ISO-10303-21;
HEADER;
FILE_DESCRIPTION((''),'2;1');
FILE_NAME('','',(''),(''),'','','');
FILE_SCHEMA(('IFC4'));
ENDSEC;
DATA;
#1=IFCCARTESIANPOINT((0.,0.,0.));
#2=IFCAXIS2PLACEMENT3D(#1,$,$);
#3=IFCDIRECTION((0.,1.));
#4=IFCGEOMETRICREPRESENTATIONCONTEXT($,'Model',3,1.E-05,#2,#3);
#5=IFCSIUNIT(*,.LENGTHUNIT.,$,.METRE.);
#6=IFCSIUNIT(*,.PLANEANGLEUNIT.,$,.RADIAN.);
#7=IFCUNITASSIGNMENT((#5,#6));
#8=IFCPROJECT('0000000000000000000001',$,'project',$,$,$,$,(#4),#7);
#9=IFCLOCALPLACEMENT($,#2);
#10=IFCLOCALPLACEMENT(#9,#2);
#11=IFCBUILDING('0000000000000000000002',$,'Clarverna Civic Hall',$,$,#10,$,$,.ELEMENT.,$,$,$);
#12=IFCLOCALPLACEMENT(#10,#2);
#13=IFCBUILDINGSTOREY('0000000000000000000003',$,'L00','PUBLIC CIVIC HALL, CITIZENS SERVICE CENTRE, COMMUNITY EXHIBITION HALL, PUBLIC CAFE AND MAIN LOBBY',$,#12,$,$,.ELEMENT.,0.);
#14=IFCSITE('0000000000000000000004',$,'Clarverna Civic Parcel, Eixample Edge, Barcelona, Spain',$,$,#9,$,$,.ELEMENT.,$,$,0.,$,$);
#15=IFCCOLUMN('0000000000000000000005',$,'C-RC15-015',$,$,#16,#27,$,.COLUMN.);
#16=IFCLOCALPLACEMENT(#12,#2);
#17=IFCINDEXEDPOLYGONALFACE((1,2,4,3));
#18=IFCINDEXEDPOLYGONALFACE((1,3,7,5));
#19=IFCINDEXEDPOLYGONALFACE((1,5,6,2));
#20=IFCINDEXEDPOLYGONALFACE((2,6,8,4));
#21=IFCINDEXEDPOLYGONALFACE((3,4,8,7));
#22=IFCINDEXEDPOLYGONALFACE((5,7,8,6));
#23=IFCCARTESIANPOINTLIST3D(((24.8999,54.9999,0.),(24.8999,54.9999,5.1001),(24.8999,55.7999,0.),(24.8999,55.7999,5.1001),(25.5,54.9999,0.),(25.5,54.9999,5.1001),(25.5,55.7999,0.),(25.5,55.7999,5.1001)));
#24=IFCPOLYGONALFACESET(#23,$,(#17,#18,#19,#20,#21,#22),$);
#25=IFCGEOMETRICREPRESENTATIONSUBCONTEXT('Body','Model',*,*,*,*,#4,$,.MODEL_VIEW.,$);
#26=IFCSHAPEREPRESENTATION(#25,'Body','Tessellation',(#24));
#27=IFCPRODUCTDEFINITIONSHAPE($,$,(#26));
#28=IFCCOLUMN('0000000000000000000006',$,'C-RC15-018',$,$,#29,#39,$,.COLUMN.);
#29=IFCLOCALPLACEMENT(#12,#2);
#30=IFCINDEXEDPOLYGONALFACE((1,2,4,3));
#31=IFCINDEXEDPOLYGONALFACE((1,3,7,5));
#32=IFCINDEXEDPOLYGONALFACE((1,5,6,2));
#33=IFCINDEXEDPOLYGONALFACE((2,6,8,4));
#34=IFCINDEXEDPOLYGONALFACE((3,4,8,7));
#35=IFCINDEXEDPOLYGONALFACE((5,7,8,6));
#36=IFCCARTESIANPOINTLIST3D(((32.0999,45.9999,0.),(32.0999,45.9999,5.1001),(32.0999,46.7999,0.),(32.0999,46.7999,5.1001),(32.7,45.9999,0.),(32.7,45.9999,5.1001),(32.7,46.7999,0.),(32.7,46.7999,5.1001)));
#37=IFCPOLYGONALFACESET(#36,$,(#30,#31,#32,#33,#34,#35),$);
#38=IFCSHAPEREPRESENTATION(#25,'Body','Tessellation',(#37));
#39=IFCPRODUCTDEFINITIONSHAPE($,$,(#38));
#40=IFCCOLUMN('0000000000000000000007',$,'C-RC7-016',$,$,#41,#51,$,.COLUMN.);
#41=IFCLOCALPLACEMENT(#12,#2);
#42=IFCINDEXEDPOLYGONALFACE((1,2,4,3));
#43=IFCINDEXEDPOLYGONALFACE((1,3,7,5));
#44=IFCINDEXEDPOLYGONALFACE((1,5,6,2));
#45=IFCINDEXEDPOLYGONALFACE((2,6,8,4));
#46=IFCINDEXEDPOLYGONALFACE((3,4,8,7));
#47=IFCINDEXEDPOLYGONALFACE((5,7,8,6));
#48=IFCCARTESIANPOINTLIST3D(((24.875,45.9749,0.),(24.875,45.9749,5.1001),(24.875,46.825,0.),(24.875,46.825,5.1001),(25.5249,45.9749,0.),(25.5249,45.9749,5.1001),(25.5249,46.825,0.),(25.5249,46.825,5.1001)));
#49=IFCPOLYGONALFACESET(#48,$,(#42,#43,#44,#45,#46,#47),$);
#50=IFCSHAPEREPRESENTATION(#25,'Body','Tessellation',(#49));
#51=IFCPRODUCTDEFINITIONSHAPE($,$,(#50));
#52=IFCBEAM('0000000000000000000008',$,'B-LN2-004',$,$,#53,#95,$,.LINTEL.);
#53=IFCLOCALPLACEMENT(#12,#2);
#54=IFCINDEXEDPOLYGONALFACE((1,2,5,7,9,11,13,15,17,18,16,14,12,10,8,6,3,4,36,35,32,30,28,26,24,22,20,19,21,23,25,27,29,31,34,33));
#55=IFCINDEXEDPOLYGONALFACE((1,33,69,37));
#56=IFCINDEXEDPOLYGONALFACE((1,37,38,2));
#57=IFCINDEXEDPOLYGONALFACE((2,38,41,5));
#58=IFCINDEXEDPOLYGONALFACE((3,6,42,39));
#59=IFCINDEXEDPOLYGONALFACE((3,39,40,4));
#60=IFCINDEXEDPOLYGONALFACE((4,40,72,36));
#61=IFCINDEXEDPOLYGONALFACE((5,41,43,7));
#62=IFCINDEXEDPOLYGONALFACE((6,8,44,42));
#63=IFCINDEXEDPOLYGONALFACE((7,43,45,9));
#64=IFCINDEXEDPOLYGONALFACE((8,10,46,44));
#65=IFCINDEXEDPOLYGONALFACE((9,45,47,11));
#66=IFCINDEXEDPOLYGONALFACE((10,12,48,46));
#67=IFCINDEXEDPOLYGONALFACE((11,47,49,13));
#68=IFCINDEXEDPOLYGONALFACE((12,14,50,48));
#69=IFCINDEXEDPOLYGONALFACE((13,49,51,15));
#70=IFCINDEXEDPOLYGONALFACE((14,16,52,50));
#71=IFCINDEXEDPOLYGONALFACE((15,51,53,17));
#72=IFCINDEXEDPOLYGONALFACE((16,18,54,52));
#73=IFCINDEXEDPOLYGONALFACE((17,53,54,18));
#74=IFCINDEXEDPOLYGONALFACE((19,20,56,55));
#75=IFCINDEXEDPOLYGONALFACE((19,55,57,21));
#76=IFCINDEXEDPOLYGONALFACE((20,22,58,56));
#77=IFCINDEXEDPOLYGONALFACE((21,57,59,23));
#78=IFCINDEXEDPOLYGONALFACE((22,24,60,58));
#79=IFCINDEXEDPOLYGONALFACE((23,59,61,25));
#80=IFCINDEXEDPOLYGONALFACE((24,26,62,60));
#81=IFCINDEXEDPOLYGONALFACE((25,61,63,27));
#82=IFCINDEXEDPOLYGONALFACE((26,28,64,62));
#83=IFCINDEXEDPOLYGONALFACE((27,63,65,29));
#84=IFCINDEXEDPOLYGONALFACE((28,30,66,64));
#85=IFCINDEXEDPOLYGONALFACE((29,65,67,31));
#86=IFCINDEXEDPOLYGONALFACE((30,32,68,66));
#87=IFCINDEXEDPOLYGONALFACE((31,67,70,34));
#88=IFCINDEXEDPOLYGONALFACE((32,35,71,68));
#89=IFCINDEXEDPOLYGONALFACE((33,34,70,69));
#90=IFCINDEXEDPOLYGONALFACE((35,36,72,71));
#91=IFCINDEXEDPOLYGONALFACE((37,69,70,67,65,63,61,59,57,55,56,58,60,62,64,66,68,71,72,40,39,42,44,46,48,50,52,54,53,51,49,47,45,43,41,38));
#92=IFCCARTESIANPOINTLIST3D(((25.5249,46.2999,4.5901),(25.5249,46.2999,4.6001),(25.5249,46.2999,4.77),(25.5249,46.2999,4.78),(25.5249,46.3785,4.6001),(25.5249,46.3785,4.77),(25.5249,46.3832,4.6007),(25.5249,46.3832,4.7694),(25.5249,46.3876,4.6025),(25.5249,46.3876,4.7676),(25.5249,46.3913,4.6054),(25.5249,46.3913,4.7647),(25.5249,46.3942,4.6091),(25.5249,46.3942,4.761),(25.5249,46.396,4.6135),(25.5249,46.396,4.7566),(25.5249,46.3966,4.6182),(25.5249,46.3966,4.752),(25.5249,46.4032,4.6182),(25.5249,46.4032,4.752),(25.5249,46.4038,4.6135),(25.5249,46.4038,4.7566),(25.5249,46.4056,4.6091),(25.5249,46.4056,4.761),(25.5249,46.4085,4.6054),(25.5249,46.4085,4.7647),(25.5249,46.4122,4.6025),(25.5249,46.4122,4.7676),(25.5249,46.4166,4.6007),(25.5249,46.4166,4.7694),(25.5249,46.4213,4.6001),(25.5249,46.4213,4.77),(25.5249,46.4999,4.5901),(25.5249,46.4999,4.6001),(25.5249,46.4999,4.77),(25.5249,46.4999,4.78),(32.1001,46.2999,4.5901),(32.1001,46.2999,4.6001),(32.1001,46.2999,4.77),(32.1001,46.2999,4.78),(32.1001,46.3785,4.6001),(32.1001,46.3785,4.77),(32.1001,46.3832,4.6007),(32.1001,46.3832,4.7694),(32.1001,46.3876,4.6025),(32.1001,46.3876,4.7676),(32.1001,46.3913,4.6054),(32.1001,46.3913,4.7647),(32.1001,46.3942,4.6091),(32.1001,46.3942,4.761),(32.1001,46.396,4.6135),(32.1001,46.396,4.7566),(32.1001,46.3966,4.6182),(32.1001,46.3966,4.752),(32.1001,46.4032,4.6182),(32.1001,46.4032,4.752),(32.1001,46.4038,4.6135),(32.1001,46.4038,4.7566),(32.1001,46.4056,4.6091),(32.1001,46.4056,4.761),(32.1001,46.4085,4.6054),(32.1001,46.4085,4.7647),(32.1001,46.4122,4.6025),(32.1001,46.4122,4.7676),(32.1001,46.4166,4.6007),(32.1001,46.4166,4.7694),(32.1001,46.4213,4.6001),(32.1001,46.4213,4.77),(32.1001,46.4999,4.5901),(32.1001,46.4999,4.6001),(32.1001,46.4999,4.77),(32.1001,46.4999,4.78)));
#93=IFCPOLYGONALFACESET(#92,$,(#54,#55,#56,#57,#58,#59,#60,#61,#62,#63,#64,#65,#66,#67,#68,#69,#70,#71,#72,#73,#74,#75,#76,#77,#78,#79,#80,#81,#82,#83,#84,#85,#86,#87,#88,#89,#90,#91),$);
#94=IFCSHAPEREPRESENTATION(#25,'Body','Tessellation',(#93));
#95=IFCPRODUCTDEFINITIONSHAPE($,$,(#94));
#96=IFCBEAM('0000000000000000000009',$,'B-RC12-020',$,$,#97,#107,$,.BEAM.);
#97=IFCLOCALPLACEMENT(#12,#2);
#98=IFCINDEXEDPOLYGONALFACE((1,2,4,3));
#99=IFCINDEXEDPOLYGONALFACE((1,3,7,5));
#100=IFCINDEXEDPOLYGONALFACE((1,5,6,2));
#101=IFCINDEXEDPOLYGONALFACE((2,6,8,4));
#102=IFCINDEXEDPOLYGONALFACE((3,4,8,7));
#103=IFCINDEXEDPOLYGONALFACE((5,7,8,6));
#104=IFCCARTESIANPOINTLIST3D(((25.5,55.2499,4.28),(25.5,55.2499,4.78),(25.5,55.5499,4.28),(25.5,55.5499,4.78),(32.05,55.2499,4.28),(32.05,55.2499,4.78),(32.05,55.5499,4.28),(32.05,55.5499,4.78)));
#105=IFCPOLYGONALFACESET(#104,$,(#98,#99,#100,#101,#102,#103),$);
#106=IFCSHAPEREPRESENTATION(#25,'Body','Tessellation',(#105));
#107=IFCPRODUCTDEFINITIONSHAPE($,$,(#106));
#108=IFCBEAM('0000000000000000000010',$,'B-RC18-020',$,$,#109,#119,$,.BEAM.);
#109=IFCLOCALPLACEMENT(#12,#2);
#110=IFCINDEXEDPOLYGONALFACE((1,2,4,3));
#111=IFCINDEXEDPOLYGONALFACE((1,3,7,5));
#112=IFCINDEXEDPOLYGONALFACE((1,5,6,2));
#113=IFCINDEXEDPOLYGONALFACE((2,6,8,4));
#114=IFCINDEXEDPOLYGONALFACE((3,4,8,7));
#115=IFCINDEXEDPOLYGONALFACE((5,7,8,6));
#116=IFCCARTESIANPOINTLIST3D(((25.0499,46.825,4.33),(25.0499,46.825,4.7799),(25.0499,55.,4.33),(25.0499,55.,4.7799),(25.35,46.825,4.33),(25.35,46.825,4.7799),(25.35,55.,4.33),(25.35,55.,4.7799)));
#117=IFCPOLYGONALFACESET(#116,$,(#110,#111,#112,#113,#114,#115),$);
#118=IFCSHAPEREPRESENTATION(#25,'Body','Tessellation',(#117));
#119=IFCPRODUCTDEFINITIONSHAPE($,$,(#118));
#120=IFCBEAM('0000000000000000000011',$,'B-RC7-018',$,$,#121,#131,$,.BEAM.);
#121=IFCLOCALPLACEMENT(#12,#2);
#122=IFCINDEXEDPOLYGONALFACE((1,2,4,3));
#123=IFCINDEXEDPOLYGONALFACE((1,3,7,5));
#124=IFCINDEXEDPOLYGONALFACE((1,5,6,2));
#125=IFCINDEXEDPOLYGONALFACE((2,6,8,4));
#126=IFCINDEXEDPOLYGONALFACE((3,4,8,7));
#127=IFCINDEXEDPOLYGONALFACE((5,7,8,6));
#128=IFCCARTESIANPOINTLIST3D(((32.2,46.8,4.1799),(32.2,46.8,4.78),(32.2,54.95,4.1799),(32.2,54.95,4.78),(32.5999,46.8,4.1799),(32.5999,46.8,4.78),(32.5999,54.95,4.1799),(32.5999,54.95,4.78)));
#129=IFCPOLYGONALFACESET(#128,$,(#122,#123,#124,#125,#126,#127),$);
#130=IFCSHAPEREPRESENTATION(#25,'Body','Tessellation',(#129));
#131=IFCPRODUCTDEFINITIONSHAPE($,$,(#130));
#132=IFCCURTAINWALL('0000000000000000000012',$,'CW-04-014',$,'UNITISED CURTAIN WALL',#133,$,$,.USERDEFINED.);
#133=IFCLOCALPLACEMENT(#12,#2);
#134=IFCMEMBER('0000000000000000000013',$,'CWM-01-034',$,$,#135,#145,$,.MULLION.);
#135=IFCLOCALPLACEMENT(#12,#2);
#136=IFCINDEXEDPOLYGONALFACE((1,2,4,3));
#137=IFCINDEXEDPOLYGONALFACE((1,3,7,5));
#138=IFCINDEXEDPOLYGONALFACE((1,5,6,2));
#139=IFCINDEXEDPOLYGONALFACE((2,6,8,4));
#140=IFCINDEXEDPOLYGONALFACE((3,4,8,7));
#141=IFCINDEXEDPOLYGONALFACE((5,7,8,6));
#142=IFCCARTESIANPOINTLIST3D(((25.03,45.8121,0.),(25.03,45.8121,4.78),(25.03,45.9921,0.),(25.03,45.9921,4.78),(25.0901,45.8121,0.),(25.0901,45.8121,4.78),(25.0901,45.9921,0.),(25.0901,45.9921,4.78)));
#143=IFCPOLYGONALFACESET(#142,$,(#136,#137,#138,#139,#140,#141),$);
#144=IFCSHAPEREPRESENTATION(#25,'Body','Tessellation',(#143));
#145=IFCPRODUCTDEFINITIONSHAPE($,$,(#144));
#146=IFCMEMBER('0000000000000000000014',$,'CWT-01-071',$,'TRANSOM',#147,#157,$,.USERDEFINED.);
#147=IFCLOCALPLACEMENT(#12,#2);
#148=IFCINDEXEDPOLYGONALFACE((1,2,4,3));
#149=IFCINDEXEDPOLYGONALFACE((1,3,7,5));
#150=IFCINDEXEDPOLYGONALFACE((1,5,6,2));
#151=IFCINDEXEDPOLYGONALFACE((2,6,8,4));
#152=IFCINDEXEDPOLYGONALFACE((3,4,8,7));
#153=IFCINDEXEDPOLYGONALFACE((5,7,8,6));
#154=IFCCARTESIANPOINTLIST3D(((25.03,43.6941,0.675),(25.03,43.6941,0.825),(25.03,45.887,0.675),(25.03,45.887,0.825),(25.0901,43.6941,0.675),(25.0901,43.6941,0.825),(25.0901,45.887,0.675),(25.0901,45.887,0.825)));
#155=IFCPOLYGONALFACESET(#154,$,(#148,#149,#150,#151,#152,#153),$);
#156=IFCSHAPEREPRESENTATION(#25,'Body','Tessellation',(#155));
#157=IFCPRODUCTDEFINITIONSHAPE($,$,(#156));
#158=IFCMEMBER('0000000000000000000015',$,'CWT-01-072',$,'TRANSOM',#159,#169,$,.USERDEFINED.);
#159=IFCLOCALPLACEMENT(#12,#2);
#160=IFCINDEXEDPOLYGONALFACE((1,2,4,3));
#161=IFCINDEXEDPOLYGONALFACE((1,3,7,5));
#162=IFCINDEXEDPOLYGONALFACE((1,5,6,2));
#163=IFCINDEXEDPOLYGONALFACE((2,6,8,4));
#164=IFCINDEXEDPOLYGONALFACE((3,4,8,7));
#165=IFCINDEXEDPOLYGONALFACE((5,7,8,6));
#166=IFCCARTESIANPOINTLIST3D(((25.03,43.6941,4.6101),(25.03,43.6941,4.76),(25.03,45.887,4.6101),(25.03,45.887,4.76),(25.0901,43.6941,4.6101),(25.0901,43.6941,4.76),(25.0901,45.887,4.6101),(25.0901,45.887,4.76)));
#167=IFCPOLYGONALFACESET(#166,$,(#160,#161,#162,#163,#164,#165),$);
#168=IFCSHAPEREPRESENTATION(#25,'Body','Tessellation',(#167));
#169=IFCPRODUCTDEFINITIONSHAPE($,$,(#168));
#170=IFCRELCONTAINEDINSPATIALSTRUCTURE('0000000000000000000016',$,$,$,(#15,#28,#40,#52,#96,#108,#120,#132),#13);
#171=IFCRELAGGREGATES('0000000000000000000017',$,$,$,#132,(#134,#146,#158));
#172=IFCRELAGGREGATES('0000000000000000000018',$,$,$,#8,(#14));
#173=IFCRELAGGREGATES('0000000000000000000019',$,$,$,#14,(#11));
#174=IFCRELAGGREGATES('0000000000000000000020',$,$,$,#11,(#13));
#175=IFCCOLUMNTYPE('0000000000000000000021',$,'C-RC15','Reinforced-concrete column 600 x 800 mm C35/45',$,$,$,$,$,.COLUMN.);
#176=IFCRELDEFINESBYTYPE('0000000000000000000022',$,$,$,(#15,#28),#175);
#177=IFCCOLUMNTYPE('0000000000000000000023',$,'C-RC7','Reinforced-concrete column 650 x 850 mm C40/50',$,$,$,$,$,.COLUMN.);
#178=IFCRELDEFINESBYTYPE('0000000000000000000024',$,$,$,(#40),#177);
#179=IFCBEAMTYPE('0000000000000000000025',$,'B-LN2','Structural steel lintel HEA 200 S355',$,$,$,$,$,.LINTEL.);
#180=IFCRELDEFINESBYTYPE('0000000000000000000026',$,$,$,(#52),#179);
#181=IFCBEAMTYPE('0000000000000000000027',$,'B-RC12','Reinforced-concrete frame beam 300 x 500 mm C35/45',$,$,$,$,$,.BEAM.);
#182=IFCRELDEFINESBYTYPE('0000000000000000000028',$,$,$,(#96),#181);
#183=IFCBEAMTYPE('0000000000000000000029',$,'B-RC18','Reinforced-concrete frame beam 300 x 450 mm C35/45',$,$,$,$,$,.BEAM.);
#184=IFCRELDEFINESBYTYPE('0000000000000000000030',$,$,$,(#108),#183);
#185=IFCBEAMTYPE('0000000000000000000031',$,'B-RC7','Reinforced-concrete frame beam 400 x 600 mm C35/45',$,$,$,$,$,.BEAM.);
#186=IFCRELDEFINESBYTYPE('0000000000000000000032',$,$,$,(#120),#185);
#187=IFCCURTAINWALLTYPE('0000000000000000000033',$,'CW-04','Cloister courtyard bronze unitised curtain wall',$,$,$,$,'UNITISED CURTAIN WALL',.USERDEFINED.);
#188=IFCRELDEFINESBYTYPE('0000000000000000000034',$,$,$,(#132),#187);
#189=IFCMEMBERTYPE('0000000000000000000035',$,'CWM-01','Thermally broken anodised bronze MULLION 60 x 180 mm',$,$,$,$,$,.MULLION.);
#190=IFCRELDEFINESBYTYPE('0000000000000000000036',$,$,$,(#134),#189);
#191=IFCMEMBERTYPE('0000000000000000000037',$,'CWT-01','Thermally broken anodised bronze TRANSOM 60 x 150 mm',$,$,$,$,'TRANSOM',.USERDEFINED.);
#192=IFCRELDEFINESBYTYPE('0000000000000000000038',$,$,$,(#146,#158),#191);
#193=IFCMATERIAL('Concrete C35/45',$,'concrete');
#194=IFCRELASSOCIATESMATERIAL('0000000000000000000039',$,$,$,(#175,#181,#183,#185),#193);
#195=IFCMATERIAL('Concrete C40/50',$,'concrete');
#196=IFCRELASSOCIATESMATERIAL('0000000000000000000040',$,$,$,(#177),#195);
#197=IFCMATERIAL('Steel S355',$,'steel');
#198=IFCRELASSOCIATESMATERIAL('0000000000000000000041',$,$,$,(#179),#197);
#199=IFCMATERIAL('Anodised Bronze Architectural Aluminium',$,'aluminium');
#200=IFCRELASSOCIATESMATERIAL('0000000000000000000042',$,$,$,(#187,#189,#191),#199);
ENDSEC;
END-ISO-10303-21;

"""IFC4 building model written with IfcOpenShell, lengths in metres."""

from ifc_helpers import new_model, si_unit, direction, frame, origin, origin_2d, place, context, subcontext, project, spatial, rectangle, i_section, extrude, material, material_profile, profile_set, type_object, element, aggregate, save


model = new_model("IFC4")

# Units and contexts
model_context = context("Model", 3, precision=1e-05, world=origin(), true_north=direction((0.0, 1.0)))
body_context = subcontext(model_context, "Body", "Model", "MODEL_VIEW")
ifc_project = project(units=[si_unit("LENGTHUNIT", "METRE"), si_unit("PLANEANGLEUNIT", "RADIAN")], contexts=[model_context])

# Site, building, storey
site_placement = place(None, origin())
site = spatial("IfcSite", under=ifc_project, at=site_placement, Name="Clarverna Civic Parcel, Eixample Edge, Barcelona, Spain", CompositionType="ELEMENT", RefElevation=0.0)
building_placement = place(site_placement, origin())
building = spatial("IfcBuilding", under=site, at=building_placement, Name="Clarverna Civic Hall", CompositionType="ELEMENT")
storey_placement = place(building_placement, origin())
storey = spatial("IfcBuildingStorey", under=building, at=storey_placement, Name="L00", Description="PUBLIC CIVIC HALL, CITIZENS SERVICE CENTRE, COMMUNITY EXHIBITION HALL, PUBLIC CAFE AND MAIN LOBBY", CompositionType="ELEMENT", Elevation=0.0)

# Columns
ifc_material_1 = material(Name="Concrete C35/45", Category="concrete")
ifc_material_profile_1 = material_profile(ifc_material_1, rectangle(XDim=0.6001, YDim=0.8, at=origin_2d()), Name="RC 600x800")
ifc_profile_set_1 = profile_set([ifc_material_profile_1], Name="Concrete C35/45")
column_type_1 = type_object("IfcColumnType", Name="C-RC15", Description="Reinforced-concrete column 600 x 800 mm C35/45", PredefinedType="COLUMN", material=ifc_profile_set_1)
for number, where, z_axis, x_axis, name in (
    (1, (25.2, 55.3999, 0.0), (0.0, 0.0, 1.0), (1.0, 0.0, 0.0), "C-RC15-015"),
    (2, (32.3999, 46.3999, 0.0), (0.0, 0.0, 1.0), (1.0, 0.0, 0.0), "C-RC15-018"),
):
    element("IfcColumn", number, at=place(storey_placement, frame(where, z_axis=z_axis, x_axis=x_axis)), inside=storey, type_object=column_type_1, Name=name, PredefinedType="COLUMN", context=body_context, shape_type="SweptSolid", body=[
        extrude(rectangle(XDim=0.6001, YDim=0.8, at=origin_2d()), origin(), (0.0, 0.0, 1.0), 5.1001),
    ])
ifc_material_2 = material(Name="Concrete C40/50", Category="concrete")
ifc_material_profile_2 = material_profile(ifc_material_2, rectangle(XDim=0.6499, YDim=0.8501, at=origin_2d()), Name="RC 650x850")
ifc_profile_set_2 = profile_set([ifc_material_profile_2], Name="Concrete C40/50")
column_type_2 = type_object("IfcColumnType", Name="C-RC7", Description="Reinforced-concrete column 650 x 850 mm C40/50", PredefinedType="COLUMN", material=ifc_profile_set_2)
column_placement = place(storey_placement, frame((25.2, 46.3999, 0.0), z_axis=(0.0, 0.0, 1.0), x_axis=(1.0, 0.0, 0.0)))
element("IfcColumn", 3, at=column_placement, inside=storey, type_object=column_type_2, Name="C-RC7-016", PredefinedType="COLUMN", context=body_context, shape_type="SweptSolid", body=[
    extrude(rectangle(XDim=0.6499, YDim=0.8501, at=origin_2d()), origin(), (0.0, 0.0, 1.0), 5.1001),
])

# Beams
ifc_material_3 = material(Name="Steel S355", Category="steel")
ifc_material_profile_3 = material_profile(ifc_material_3, i_section(OverallWidth=0.2, OverallDepth=0.1899, WebThickness=0.0066, FlangeThickness=0.01, FilletRadius=0.0181, at=origin_2d()), Name="HEA 200")
ifc_profile_set_3 = profile_set([ifc_material_profile_3], Name="Steel S355")
beam_type_1 = type_object("IfcBeamType", Name="B-LN2", Description="Structural steel lintel HEA 200 S355", PredefinedType="LINTEL", material=ifc_profile_set_3)
beam_1_placement = place(storey_placement, frame((25.5249, 46.3999, 4.6851), z_axis=(1.0, 0.0, 0.0), x_axis=(0.0, 1.0, 0.0)))
element("IfcBeam", 4, at=beam_1_placement, inside=storey, type_object=beam_type_1, Name="B-LN2-004", PredefinedType="LINTEL", context=body_context, shape_type="SweptSolid", body=[
    extrude(i_section(OverallWidth=0.2, OverallDepth=0.1899, WebThickness=0.0066, FlangeThickness=0.01, FilletRadius=0.0181, at=origin_2d()), origin(), (0.0, 0.0, 1.0), 6.5752),
])
ifc_material_profile_4 = material_profile(ifc_material_1, rectangle(XDim=0.3, YDim=0.5, at=origin_2d()), Name="RC 300x500")
ifc_profile_set_4 = profile_set([ifc_material_profile_4], Name="Concrete C35/45")
beam_type_2 = type_object("IfcBeamType", Name="B-RC12", Description="Reinforced-concrete frame beam 300 x 500 mm C35/45", PredefinedType="BEAM", material=ifc_profile_set_4)
beam_2_placement = place(storey_placement, frame((25.5, 55.3999, 4.53), z_axis=(1.0, 0.0, 0.0), x_axis=(0.0, 1.0, 0.0)))
element("IfcBeam", 5, at=beam_2_placement, inside=storey, type_object=beam_type_2, Name="B-RC12-020", PredefinedType="BEAM", context=body_context, shape_type="SweptSolid", body=[
    extrude(rectangle(XDim=0.3, YDim=0.5, at=origin_2d()), origin(), (0.0, 0.0, 1.0), 6.55),
])
ifc_material_profile_5 = material_profile(ifc_material_1, rectangle(XDim=0.3, YDim=0.45, at=origin_2d()), Name="RC 300x450")
ifc_profile_set_5 = profile_set([ifc_material_profile_5], Name="Concrete C35/45")
beam_type_3 = type_object("IfcBeamType", Name="B-RC18", Description="Reinforced-concrete frame beam 300 x 450 mm C35/45", PredefinedType="BEAM", material=ifc_profile_set_5)
beam_3_placement = place(storey_placement, frame((25.2, 46.825, 4.5549), z_axis=(0.0, 1.0, 0.0), x_axis=(-1.0, 0.0, 0.0)))
element("IfcBeam", 6, at=beam_3_placement, inside=storey, type_object=beam_type_3, Name="B-RC18-020", PredefinedType="BEAM", context=body_context, shape_type="SweptSolid", body=[
    extrude(rectangle(XDim=0.3, YDim=0.45, at=origin_2d()), origin(), (0.0, 0.0, 1.0), 8.175),
])
ifc_material_profile_6 = material_profile(ifc_material_1, rectangle(XDim=0.3999, YDim=0.6001, at=origin_2d()), Name="RC 400x600")
ifc_profile_set_6 = profile_set([ifc_material_profile_6], Name="Concrete C35/45")
beam_type_4 = type_object("IfcBeamType", Name="B-RC7", Description="Reinforced-concrete frame beam 400 x 600 mm C35/45", PredefinedType="BEAM", material=ifc_profile_set_6)
beam_4_placement = place(storey_placement, frame((32.3999, 46.8, 4.48), z_axis=(0.0, 1.0, 0.0), x_axis=(-1.0, 0.0, 0.0)))
element("IfcBeam", 7, at=beam_4_placement, inside=storey, type_object=beam_type_4, Name="B-RC7-018", PredefinedType="BEAM", context=body_context, shape_type="SweptSolid", body=[
    extrude(rectangle(XDim=0.3999, YDim=0.6001, at=origin_2d()), origin(), (0.0, 0.0, 1.0), 8.1499),
])

# Curtain wall, members
ifc_material_4 = material(Name="Anodised Bronze Architectural Aluminium", Category="aluminium")
curtain_wall_type = type_object("IfcCurtainWallType", Name="CW-04", Description="Cloister courtyard bronze unitised curtain wall", ElementType="UNITISED CURTAIN WALL", PredefinedType="USERDEFINED", material=ifc_material_4)
curtain_wall_placement = place(storey_placement, origin())
curtain_wall = element("IfcCurtainWall", 8, at=curtain_wall_placement, inside=storey, type_object=curtain_wall_type, Name="CW-04-014", ObjectType="UNITISED CURTAIN WALL", PredefinedType="USERDEFINED")
ifc_material_profile_7 = material_profile(ifc_material_4, rectangle(XDim=0.0601, YDim=0.1799, at=origin_2d()), Name="BRONZE 60x180")
ifc_profile_set_7 = profile_set([ifc_material_profile_7], Name="Anodised Bronze Architectural Aluminium")
member_type_1 = type_object("IfcMemberType", Name="CWM-01", Description="Thermally broken anodised bronze MULLION 60 x 180 mm", PredefinedType="MULLION", material=ifc_profile_set_7)
member_1_placement = place(storey_placement, frame((25.0601, 45.9021, 0.0), z_axis=(0.0, 0.0, 1.0), x_axis=(1.0, 0.0, 0.0)))
member_1 = element("IfcMember", 9, at=member_1_placement, type_object=member_type_1, Name="CWM-01-034", PredefinedType="MULLION", context=body_context, shape_type="SweptSolid", body=[
    extrude(rectangle(XDim=0.0601, YDim=0.1799, at=origin_2d()), origin(), (0.0, 0.0, 1.0), 4.78),
])
ifc_material_profile_8 = material_profile(ifc_material_4, rectangle(XDim=0.0601, YDim=0.1499, at=origin_2d()), Name="BRONZE 60x150")
ifc_profile_set_8 = profile_set([ifc_material_profile_8], Name="Anodised Bronze Architectural Aluminium")
member_type_2 = type_object("IfcMemberType", Name="CWT-01", Description="Thermally broken anodised bronze TRANSOM 60 x 150 mm", ElementType="TRANSOM", PredefinedType="USERDEFINED", material=ifc_profile_set_8)
member_2_placement = place(storey_placement, frame((25.0601, 45.887, 0.75), z_axis=(0.0, -1.0, 0.0), x_axis=(1.0, 0.0, 0.0)))
member_2 = element("IfcMember", 10, at=member_2_placement, type_object=member_type_2, Name="CWT-01-071", ObjectType="TRANSOM", PredefinedType="USERDEFINED", context=body_context, shape_type="SweptSolid", body=[
    extrude(rectangle(XDim=0.0601, YDim=0.1499, at=origin_2d()), origin(), (0.0, 0.0, 1.0), 2.1929),
])
member_3_placement = place(storey_placement, frame((25.0601, 45.887, 4.6851), z_axis=(0.0, -1.0, 0.0), x_axis=(1.0, 0.0, 0.0)))
member_3 = element("IfcMember", 11, at=member_3_placement, type_object=member_type_2, Name="CWT-01-072", ObjectType="TRANSOM", PredefinedType="USERDEFINED", context=body_context, shape_type="SweptSolid", body=[
    extrude(rectangle(XDim=0.0601, YDim=0.1499, at=origin_2d()), origin(), (0.0, 0.0, 1.0), 2.1929),
])

aggregate(curtain_wall, [member_1, member_2, member_3])

save(model, "model.ifc")
